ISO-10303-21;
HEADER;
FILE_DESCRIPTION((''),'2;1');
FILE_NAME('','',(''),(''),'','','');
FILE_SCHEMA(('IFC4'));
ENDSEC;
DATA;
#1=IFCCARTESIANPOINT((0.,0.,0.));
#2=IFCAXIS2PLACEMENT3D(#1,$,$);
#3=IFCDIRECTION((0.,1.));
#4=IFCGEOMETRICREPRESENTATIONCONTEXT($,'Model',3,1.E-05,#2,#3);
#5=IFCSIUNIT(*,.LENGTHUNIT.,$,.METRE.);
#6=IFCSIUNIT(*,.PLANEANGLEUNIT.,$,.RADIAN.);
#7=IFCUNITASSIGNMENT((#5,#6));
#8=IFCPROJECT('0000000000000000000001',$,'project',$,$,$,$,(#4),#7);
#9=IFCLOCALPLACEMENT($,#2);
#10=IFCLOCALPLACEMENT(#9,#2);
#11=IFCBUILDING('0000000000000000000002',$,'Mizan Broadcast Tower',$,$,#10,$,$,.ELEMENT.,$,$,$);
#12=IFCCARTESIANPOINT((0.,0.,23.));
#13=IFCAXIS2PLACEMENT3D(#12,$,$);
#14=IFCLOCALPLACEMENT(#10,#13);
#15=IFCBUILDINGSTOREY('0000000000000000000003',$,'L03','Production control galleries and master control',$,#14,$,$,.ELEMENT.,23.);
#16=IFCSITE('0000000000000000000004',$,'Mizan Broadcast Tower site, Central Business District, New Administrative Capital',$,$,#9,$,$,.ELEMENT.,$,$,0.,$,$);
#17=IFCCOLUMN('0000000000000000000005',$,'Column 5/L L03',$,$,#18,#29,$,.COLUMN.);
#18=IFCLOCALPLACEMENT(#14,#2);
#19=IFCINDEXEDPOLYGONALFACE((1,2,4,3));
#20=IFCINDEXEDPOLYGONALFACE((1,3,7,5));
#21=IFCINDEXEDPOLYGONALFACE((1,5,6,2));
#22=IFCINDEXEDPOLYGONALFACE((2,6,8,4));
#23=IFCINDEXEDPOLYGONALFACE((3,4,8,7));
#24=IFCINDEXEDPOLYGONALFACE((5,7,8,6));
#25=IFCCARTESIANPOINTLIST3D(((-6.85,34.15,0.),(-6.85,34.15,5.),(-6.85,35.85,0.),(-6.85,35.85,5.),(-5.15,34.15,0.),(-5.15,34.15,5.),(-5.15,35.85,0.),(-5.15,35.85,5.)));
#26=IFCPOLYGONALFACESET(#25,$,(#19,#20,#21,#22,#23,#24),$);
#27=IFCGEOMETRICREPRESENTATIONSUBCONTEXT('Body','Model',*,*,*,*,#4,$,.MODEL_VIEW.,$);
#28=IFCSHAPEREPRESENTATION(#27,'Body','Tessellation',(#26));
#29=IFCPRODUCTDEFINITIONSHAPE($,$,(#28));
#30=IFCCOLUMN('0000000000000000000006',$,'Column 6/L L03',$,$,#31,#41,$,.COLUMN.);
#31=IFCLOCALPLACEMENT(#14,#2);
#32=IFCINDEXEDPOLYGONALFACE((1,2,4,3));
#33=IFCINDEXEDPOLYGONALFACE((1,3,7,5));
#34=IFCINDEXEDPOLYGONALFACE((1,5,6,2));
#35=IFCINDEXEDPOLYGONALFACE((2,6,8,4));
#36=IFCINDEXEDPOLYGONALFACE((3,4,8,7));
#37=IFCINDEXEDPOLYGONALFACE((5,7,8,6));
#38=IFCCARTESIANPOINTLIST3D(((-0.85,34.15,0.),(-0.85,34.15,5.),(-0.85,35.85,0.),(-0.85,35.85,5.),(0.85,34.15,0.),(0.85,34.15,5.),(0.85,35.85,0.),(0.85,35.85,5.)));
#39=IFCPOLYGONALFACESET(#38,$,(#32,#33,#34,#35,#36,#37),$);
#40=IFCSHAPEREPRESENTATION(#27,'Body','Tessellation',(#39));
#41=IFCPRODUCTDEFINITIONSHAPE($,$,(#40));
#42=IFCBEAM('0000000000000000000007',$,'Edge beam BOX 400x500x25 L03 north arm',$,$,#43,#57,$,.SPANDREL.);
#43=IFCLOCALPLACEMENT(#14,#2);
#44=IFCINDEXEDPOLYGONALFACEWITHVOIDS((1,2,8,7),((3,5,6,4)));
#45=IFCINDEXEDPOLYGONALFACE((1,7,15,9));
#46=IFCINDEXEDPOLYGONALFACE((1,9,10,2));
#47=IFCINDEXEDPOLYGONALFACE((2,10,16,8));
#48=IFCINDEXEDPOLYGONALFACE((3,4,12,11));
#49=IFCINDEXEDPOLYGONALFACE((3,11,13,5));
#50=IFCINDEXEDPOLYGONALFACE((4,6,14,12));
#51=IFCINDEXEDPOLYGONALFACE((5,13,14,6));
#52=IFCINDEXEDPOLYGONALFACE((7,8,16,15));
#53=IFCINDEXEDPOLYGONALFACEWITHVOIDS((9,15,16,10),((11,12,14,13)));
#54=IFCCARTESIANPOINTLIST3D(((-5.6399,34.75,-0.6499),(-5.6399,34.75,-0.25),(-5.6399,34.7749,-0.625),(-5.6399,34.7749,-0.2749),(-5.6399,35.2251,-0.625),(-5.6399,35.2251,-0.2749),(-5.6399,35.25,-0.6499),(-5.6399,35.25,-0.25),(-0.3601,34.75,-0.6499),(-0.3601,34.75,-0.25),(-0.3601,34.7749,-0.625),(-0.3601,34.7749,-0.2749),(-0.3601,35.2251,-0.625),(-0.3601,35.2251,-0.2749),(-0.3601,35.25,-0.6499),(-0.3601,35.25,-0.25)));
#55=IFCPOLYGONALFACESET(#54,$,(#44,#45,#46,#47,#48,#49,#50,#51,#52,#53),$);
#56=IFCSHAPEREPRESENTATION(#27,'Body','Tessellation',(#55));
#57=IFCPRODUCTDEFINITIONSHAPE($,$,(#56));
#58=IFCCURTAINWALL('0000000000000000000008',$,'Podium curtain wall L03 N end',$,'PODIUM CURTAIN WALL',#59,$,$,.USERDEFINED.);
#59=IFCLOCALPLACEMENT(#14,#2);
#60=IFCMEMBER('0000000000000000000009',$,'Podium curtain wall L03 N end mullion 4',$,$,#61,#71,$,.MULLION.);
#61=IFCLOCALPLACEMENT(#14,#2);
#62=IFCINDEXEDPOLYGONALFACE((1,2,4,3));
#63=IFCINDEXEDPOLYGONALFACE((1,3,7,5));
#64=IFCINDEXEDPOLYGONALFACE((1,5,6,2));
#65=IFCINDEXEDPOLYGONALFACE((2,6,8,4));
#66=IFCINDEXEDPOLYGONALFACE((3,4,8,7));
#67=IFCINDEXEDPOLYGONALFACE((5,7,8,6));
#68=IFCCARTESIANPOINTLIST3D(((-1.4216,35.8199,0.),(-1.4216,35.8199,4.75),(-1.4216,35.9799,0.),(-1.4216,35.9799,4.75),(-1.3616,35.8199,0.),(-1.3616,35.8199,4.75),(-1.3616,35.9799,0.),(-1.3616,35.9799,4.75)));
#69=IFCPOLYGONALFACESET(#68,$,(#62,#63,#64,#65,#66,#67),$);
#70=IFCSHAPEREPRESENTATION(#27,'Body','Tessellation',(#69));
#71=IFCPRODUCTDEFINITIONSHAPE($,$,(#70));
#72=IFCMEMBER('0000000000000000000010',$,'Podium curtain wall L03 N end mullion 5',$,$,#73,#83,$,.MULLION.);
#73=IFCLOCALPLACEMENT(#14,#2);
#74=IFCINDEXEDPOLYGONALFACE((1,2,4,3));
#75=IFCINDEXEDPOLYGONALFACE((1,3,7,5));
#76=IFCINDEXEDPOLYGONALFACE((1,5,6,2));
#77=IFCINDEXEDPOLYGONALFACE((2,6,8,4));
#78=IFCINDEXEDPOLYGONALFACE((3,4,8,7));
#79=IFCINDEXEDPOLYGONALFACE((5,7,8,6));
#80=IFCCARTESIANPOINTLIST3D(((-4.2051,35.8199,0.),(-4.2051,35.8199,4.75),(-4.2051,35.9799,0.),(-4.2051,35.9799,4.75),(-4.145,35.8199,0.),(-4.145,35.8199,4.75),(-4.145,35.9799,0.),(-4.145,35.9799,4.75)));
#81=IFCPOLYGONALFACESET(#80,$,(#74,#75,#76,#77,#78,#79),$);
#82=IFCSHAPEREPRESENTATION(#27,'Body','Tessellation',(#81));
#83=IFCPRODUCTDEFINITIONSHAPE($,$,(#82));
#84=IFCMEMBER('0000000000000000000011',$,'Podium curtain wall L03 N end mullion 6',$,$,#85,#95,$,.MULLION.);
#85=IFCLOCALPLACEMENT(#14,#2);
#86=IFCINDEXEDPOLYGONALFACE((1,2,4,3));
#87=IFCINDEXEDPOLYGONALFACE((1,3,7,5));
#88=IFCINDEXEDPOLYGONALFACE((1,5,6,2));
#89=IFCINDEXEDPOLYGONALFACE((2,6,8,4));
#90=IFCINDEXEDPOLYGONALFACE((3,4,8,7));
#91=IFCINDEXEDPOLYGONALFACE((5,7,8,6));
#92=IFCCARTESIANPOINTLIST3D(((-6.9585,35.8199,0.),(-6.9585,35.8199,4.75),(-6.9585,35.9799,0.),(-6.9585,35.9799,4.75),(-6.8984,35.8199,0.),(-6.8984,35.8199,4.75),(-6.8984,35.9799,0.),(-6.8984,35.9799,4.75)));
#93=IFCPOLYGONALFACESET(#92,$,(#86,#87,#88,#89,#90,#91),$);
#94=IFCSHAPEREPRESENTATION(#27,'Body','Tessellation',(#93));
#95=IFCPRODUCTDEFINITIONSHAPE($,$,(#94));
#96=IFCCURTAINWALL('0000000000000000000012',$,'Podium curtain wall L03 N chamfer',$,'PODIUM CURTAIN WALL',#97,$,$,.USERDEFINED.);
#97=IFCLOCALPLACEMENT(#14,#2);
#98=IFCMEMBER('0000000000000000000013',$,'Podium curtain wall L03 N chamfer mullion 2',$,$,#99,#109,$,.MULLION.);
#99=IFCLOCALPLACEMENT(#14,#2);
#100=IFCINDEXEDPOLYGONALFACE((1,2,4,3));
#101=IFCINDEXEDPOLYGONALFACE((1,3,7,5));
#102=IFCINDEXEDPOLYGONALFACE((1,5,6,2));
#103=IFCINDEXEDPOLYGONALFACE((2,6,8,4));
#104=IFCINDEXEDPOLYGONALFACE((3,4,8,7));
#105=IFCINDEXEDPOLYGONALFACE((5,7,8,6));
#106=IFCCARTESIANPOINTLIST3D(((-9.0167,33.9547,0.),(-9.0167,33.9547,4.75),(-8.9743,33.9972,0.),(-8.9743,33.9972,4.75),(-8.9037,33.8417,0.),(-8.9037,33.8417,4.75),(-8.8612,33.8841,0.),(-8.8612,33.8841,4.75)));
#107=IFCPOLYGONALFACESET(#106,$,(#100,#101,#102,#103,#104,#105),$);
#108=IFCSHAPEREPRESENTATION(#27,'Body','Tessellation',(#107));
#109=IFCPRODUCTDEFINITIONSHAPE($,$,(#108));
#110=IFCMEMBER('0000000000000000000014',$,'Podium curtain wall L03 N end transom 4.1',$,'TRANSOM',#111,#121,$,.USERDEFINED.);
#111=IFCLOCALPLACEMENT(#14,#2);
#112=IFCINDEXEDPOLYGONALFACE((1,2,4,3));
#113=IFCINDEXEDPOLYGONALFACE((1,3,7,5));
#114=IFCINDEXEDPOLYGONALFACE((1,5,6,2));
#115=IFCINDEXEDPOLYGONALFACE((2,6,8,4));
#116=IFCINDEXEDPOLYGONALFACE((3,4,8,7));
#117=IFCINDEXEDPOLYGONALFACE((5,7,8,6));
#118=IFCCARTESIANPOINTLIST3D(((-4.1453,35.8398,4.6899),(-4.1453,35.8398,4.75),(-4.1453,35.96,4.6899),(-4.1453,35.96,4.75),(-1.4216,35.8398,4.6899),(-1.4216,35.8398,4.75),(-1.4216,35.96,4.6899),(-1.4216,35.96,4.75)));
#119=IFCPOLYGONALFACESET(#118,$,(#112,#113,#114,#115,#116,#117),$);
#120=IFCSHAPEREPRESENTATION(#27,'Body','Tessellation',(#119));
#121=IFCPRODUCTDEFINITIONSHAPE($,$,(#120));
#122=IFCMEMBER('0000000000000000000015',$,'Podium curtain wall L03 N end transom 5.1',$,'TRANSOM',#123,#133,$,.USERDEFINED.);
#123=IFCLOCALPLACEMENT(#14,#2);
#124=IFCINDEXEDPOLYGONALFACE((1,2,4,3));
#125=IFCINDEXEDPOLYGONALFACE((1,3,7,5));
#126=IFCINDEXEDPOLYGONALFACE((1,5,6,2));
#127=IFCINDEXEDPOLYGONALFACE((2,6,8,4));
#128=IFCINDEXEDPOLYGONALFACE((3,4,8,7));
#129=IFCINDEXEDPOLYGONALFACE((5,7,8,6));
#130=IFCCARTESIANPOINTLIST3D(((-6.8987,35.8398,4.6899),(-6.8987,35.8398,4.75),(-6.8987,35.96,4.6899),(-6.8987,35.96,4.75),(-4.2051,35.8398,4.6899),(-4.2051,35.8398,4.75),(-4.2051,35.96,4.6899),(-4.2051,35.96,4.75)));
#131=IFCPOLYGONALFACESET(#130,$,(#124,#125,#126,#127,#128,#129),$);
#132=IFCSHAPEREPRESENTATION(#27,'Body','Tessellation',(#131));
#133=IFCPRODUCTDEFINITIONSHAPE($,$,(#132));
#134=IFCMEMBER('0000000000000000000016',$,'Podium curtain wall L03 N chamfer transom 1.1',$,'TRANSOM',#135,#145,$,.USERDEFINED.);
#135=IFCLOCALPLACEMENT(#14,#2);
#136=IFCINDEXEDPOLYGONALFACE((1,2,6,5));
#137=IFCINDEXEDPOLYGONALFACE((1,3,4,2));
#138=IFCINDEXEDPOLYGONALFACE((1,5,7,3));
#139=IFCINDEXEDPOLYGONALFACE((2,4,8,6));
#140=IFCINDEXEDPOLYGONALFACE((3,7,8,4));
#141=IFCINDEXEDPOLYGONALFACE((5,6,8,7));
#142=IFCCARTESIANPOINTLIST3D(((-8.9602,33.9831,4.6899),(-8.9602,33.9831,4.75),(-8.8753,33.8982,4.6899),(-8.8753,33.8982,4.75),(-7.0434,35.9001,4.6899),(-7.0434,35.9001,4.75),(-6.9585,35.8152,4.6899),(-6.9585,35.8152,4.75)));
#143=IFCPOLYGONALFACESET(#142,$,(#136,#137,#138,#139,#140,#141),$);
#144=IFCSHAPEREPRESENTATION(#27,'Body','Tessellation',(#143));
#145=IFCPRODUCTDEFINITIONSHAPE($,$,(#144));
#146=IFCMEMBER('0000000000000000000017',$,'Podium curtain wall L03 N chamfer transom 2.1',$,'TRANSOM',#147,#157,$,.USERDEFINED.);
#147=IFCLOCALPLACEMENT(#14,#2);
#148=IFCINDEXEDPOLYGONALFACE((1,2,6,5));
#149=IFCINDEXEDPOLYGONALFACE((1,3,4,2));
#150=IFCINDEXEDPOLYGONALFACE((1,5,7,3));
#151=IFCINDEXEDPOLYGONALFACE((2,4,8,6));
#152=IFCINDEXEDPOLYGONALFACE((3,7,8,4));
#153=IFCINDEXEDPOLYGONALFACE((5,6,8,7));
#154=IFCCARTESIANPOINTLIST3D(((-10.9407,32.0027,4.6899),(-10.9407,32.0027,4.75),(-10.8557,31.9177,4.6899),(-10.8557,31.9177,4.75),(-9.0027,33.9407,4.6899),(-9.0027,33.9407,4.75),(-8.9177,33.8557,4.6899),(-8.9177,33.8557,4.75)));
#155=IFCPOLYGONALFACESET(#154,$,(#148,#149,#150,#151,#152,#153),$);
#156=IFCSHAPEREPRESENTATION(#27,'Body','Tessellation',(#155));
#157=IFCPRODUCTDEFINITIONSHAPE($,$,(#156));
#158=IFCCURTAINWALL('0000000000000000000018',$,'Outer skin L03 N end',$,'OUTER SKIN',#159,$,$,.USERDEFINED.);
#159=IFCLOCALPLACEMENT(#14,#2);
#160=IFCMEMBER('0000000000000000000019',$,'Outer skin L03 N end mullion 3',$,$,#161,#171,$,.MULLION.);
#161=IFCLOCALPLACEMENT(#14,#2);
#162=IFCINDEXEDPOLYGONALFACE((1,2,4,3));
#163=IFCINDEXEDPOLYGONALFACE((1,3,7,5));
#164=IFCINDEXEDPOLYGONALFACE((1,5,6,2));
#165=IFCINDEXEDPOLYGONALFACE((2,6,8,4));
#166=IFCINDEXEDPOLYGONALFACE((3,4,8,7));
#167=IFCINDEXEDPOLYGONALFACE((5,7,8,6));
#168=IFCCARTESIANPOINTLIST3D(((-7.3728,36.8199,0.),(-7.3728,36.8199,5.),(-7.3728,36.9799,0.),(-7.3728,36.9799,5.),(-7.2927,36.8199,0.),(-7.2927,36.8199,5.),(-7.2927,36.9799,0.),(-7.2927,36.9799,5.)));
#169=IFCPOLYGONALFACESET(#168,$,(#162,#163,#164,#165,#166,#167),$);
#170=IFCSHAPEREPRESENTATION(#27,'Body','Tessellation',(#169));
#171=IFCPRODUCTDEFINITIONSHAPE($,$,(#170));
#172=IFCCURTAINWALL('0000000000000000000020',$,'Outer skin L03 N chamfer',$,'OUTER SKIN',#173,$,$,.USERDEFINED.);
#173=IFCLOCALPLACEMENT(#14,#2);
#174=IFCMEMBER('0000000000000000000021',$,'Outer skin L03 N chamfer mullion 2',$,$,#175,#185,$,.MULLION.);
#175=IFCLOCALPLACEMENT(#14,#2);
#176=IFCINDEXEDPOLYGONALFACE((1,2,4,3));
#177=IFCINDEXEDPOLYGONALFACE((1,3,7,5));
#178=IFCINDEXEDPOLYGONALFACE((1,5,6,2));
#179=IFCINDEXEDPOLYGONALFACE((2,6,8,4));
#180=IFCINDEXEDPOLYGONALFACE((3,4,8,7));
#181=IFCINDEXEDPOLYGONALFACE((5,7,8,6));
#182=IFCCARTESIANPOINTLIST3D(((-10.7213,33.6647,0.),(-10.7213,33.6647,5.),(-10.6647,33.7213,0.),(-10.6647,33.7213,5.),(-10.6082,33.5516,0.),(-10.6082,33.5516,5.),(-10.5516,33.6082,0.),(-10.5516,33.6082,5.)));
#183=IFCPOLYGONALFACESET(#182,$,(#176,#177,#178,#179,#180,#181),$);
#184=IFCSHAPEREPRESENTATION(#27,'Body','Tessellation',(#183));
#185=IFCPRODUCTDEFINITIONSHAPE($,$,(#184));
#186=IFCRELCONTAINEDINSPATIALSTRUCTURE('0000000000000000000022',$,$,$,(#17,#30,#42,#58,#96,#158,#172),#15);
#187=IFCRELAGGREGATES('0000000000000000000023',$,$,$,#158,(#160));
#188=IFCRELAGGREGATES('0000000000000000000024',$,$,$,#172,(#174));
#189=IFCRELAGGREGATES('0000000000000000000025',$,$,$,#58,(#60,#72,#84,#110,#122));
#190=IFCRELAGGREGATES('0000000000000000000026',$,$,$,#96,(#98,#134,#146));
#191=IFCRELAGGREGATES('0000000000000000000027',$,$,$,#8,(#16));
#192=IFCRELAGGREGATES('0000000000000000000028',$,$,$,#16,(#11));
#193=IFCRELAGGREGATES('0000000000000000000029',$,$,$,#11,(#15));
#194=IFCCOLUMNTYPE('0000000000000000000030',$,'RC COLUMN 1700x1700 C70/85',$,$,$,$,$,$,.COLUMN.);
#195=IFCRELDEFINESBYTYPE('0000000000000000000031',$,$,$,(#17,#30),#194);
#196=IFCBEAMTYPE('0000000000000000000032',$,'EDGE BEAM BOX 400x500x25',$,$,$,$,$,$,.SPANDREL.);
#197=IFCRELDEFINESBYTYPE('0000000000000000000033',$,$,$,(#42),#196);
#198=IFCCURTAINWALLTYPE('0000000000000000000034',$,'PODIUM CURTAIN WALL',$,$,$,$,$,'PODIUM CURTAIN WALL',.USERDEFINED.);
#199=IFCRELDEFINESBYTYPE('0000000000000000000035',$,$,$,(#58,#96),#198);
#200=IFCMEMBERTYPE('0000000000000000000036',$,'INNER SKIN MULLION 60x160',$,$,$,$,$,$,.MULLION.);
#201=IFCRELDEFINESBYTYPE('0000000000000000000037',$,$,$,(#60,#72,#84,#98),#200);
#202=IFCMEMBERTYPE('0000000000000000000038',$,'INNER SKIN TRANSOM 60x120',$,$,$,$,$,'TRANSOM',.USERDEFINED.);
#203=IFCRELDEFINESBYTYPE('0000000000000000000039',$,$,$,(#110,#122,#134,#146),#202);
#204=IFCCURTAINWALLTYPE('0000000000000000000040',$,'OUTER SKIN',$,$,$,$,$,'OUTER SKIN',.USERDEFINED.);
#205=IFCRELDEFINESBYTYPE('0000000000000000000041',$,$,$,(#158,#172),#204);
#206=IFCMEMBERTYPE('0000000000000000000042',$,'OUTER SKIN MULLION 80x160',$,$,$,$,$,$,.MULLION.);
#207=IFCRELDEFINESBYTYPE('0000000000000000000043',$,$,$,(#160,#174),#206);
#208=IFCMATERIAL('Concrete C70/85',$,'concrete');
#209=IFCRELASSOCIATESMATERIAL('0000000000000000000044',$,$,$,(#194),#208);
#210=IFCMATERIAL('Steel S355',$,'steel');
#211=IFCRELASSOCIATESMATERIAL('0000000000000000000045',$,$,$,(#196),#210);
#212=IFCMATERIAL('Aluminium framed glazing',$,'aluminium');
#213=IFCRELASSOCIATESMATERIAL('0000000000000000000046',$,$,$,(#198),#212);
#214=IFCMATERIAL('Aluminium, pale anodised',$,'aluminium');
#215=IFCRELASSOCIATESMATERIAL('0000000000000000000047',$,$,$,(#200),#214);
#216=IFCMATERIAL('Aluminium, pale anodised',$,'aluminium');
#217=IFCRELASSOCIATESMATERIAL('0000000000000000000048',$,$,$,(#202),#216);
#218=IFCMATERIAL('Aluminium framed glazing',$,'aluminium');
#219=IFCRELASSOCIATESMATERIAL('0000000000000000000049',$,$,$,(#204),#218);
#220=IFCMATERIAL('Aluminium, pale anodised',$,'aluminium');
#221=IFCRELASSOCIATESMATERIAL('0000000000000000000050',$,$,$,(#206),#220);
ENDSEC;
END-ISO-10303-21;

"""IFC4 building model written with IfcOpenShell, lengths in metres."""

from ifc_helpers import new_model, si_unit, direction, frame, origin, origin_2d, place, context, subcontext, project, spatial, rectangle, hollow_rectangle, extrude, material, material_profile, profile_set, type_object, element, aggregate, save


model = new_model("IFC4")

# Units and contexts
model_context = context("Model", 3, precision=1e-05, world=origin(), true_north=direction((0.0, 1.0)))
body_context = subcontext(model_context, "Body", "Model", "MODEL_VIEW")
ifc_project = project(units=[si_unit("LENGTHUNIT", "METRE"), si_unit("PLANEANGLEUNIT", "RADIAN")], contexts=[model_context])

# Site, building, storey
site_placement = place(None, origin())
site = spatial("IfcSite", under=ifc_project, at=site_placement, Name="Mizan Broadcast Tower site, Central Business District, New Administrative Capital", CompositionType="ELEMENT", RefElevation=0.0)
building_placement = place(site_placement, origin())
building = spatial("IfcBuilding", under=site, at=building_placement, Name="Mizan Broadcast Tower", CompositionType="ELEMENT")
storey_placement = place(building_placement, frame((0.0, 0.0, 23.0)))
storey = spatial("IfcBuildingStorey", under=building, at=storey_placement, Name="L03", Description="Production control galleries and master control", CompositionType="ELEMENT", Elevation=23.0)

# Columns
ifc_material_1 = material(Name="Concrete C70/85", Category="concrete")
ifc_material_profile_1 = material_profile(ifc_material_1, rectangle(XDim=1.7, YDim=1.7, at=origin_2d()), Name="RC 1700x1700")
ifc_profile_set_1 = profile_set([ifc_material_profile_1], Name="Concrete C70/85")
column_type = type_object("IfcColumnType", Name="RC COLUMN 1700x1700 C70/85", PredefinedType="COLUMN", material=ifc_profile_set_1)
for number, where, z_axis, x_axis, name in (
    (1, (-6.0, 35.0, 0.0), (0.0, 0.0, 1.0), (1.0, 0.0, 0.0), "Column 5/L L03"),
    (2, (0.0, 35.0, 0.0), (0.0, 0.0, 1.0), (1.0, 0.0, 0.0), "Column 6/L L03"),
):
    element("IfcColumn", number, at=place(storey_placement, frame(where, z_axis=z_axis, x_axis=x_axis)), inside=storey, type_object=column_type, Name=name, PredefinedType="COLUMN", context=body_context, shape_type="SweptSolid", body=[
        extrude(rectangle(XDim=1.7, YDim=1.7, at=origin_2d()), origin(), (0.0, 0.0, 1.0), 5.0),
    ])

# Beam
ifc_material_2 = material(Name="Steel S355", Category="steel")
ifc_material_profile_2 = material_profile(ifc_material_2, hollow_rectangle(XDim=0.5, YDim=0.3999, WallThickness=0.0249, at=origin_2d()), Name="BOX 400x500x25")
ifc_profile_set_2 = profile_set([ifc_material_profile_2], Name="Steel S355")
beam_type = type_object("IfcBeamType", Name="EDGE BEAM BOX 400x500x25", PredefinedType="SPANDREL", material=ifc_profile_set_2)
beam_placement = place(storey_placement, frame((-5.6399, 35.0, -0.45), z_axis=(1.0, 0.0, 0.0), x_axis=(0.0, 1.0, 0.0)))
element("IfcBeam", 3, at=beam_placement, inside=storey, type_object=beam_type, Name="Edge beam BOX 400x500x25 L03 north arm", PredefinedType="SPANDREL", context=body_context, shape_type="SweptSolid", body=[
    extrude(hollow_rectangle(XDim=0.5, YDim=0.3999, WallThickness=0.0249, at=origin_2d()), origin(), (0.0, 0.0, 1.0), 5.2798),
])

# Curtain wall, members
ifc_material_3 = material(Name="Aluminium framed glazing", Category="aluminium")
curtain_wall_type_1 = type_object("IfcCurtainWallType", Name="PODIUM CURTAIN WALL", ElementType="PODIUM CURTAIN WALL", PredefinedType="USERDEFINED", material=ifc_material_3)
curtain_wall_1_placement = place(storey_placement, origin())
curtain_wall_1 = element("IfcCurtainWall", 4, at=curtain_wall_1_placement, inside=storey, type_object=curtain_wall_type_1, Name="Podium curtain wall L03 N end", ObjectType="PODIUM CURTAIN WALL", PredefinedType="USERDEFINED")
ifc_material_4 = material(Name="Aluminium, pale anodised", Category="aluminium")
ifc_material_profile_3 = material_profile(ifc_material_4, rectangle(XDim=0.1599, YDim=0.0601, at=origin_2d()), Name="MULLION 160x60")
ifc_profile_set_3 = profile_set([ifc_material_profile_3], Name="Aluminium, pale anodised")
member_type_1 = type_object("IfcMemberType", Name="INNER SKIN MULLION 60x160", PredefinedType="MULLION", material=ifc_profile_set_3)
member_1_placement = place(storey_placement, frame((-1.3916, 35.8999, 0.0), z_axis=(0.0, 0.0, 1.0), x_axis=(0.0, -1.0, 0.0)))
member_1 = element("IfcMember", 5, at=member_1_placement, type_object=member_type_1, Name="Podium curtain wall L03 N end mullion 4", PredefinedType="MULLION", context=body_context, shape_type="SweptSolid", body=[
    extrude(rectangle(XDim=0.1599, YDim=0.0601, at=origin_2d()), origin(), (0.0, 0.0, 1.0), 4.75),
])
member_2_placement = place(storey_placement, frame((-4.175, 35.8999, 0.0), z_axis=(0.0, 0.0, 1.0), x_axis=(0.0, -1.0, 0.0)))
member_2 = element("IfcMember", 6, at=member_2_placement, type_object=member_type_1, Name="Podium curtain wall L03 N end mullion 5", PredefinedType="MULLION", context=body_context, shape_type="SweptSolid", body=[
    extrude(rectangle(XDim=0.1599, YDim=0.0601, at=origin_2d()), origin(), (0.0, 0.0, 1.0), 4.75),
])
member_3_placement = place(storey_placement, frame((-6.9285, 35.8999, 0.0), z_axis=(0.0, 0.0, 1.0), x_axis=(0.0, -1.0, 0.0)))
member_3 = element("IfcMember", 7, at=member_3_placement, type_object=member_type_1, Name="Podium curtain wall L03 N end mullion 6", PredefinedType="MULLION", context=body_context, shape_type="SweptSolid", body=[
    extrude(rectangle(XDim=0.1599, YDim=0.0601, at=origin_2d()), origin(), (0.0, 0.0, 1.0), 4.75),
])

# Curtain wall, member
curtain_wall_2_placement = place(storey_placement, origin())
curtain_wall_2 = element("IfcCurtainWall", 8, at=curtain_wall_2_placement, inside=storey, type_object=curtain_wall_type_1, Name="Podium curtain wall L03 N chamfer", ObjectType="PODIUM CURTAIN WALL", PredefinedType="USERDEFINED")
member_4_placement = place(storey_placement, frame((-8.939, 33.9194, 0.0), z_axis=(0.0, 0.0, 1.0), x_axis=(0.707107, -0.707107, 0.0)))
member_4 = element("IfcMember", 9, at=member_4_placement, type_object=member_type_1, Name="Podium curtain wall L03 N chamfer mullion 2", PredefinedType="MULLION", context=body_context, shape_type="SweptSolid", body=[
    extrude(rectangle(XDim=0.1599, YDim=0.0601, at=origin_2d()), origin(), (0.0, 0.0, 1.0), 4.75),
])

# Members
ifc_material_5 = material(Name="Aluminium, pale anodised", Category="aluminium")
ifc_material_profile_4 = material_profile(ifc_material_5, rectangle(XDim=0.1201, YDim=0.0601, at=origin_2d()), Name="TRANSOM 120x60")
ifc_profile_set_4 = profile_set([ifc_material_profile_4], Name="Aluminium, pale anodised")
member_type_2 = type_object("IfcMemberType", Name="INNER SKIN TRANSOM 60x120", ElementType="TRANSOM", PredefinedType="USERDEFINED", material=ifc_profile_set_4)
member_5_placement = place(storey_placement, frame((-1.4216, 35.8999, 4.72), z_axis=(-1.0, 0.0, 0.0), x_axis=(0.0, -1.0, 0.0)))
member_5 = element("IfcMember", 10, at=member_5_placement, type_object=member_type_2, Name="Podium curtain wall L03 N end transom 4.1", ObjectType="TRANSOM", PredefinedType="USERDEFINED", context=body_context, shape_type="SweptSolid", body=[
    extrude(rectangle(XDim=0.1201, YDim=0.0601, at=origin_2d()), origin(), (0.0, 0.0, 1.0), 2.7236),
])
member_6_placement = place(storey_placement, frame((-4.2051, 35.8999, 4.72), z_axis=(-1.0, 0.0, 0.0), x_axis=(0.0, -1.0, 0.0)))
member_6 = element("IfcMember", 11, at=member_6_placement, type_object=member_type_2, Name="Podium curtain wall L03 N end transom 5.1", ObjectType="TRANSOM", PredefinedType="USERDEFINED", context=body_context, shape_type="SweptSolid", body=[
    extrude(rectangle(XDim=0.1201, YDim=0.0601, at=origin_2d()), origin(), (0.0, 0.0, 1.0), 2.6936),
])
member_7_placement = place(storey_placement, frame((-7.001, 35.8577, 4.72), z_axis=(-0.707062, -0.707152, 0.0), x_axis=(0.707152, -0.707062, 0.0)))
member_7 = element("IfcMember", 12, at=member_7_placement, type_object=member_type_2, Name="Podium curtain wall L03 N chamfer transom 1.1", ObjectType="TRANSOM", PredefinedType="USERDEFINED", context=body_context, shape_type="SweptSolid", body=[
    extrude(rectangle(XDim=0.1201, YDim=0.0601, at=origin_2d()), origin(), (0.0, 0.0, 1.0), 2.7109),
])
member_8_placement = place(storey_placement, frame((-8.9602, 33.8982, 4.72), z_axis=(-0.707107, -0.707107, 0.0), x_axis=(0.707107, -0.707107, 0.0)))
member_8 = element("IfcMember", 13, at=member_8_placement, type_object=member_type_2, Name="Podium curtain wall L03 N chamfer transom 2.1", ObjectType="TRANSOM", PredefinedType="USERDEFINED", context=body_context, shape_type="SweptSolid", body=[
    extrude(rectangle(XDim=0.1201, YDim=0.0601, at=origin_2d()), origin(), (0.0, 0.0, 1.0), 2.7407),
])

# Curtain walls, members
ifc_material_6 = material(Name="Aluminium framed glazing", Category="aluminium")
curtain_wall_type_2 = type_object("IfcCurtainWallType", Name="OUTER SKIN", ElementType="OUTER SKIN", PredefinedType="USERDEFINED", material=ifc_material_6)
curtain_wall_3_placement = place(storey_placement, origin())
curtain_wall_3 = element("IfcCurtainWall", 14, at=curtain_wall_3_placement, inside=storey, type_object=curtain_wall_type_2, Name="Outer skin L03 N end", ObjectType="OUTER SKIN", PredefinedType="USERDEFINED")
ifc_material_7 = material(Name="Aluminium, pale anodised", Category="aluminium")
ifc_material_profile_5 = material_profile(ifc_material_7, rectangle(XDim=0.1599, YDim=0.0801, at=origin_2d()), Name="MULLION 160x80")
ifc_profile_set_5 = profile_set([ifc_material_profile_5], Name="Aluminium, pale anodised")
member_type_3 = type_object("IfcMemberType", Name="OUTER SKIN MULLION 80x160", PredefinedType="MULLION", material=ifc_profile_set_5)
member_9_placement = place(storey_placement, frame((-7.3328, 36.8999, 0.0), z_axis=(0.0, 0.0, 1.0), x_axis=(0.0, -1.0, 0.0)))
member_9 = element("IfcMember", 15, at=member_9_placement, type_object=member_type_3, Name="Outer skin L03 N end mullion 3", PredefinedType="MULLION", context=body_context, shape_type="SweptSolid", body=[
    extrude(rectangle(XDim=0.1599, YDim=0.0801, at=origin_2d()), origin(), (0.0, 0.0, 1.0), 5.0),
])
curtain_wall_4_placement = place(storey_placement, origin())
curtain_wall_4 = element("IfcCurtainWall", 16, at=curtain_wall_4_placement, inside=storey, type_object=curtain_wall_type_2, Name="Outer skin L03 N chamfer", ObjectType="OUTER SKIN", PredefinedType="USERDEFINED")
member_10_placement = place(storey_placement, frame((-10.6365, 33.6365, 0.0), z_axis=(0.0, 0.0, 1.0), x_axis=(0.707107, -0.707107, 0.0)))
member_10 = element("IfcMember", 17, at=member_10_placement, type_object=member_type_3, Name="Outer skin L03 N chamfer mullion 2", PredefinedType="MULLION", context=body_context, shape_type="SweptSolid", body=[
    extrude(rectangle(XDim=0.1599, YDim=0.0801, at=origin_2d()), origin(), (0.0, 0.0, 1.0), 5.0),
])

aggregate(curtain_wall_3, [member_9])
aggregate(curtain_wall_4, [member_10])
aggregate(curtain_wall_1, [member_1, member_2, member_3, member_5, member_6])
aggregate(curtain_wall_2, [member_4, member_7, member_8])

save(model, "model.ifc")
